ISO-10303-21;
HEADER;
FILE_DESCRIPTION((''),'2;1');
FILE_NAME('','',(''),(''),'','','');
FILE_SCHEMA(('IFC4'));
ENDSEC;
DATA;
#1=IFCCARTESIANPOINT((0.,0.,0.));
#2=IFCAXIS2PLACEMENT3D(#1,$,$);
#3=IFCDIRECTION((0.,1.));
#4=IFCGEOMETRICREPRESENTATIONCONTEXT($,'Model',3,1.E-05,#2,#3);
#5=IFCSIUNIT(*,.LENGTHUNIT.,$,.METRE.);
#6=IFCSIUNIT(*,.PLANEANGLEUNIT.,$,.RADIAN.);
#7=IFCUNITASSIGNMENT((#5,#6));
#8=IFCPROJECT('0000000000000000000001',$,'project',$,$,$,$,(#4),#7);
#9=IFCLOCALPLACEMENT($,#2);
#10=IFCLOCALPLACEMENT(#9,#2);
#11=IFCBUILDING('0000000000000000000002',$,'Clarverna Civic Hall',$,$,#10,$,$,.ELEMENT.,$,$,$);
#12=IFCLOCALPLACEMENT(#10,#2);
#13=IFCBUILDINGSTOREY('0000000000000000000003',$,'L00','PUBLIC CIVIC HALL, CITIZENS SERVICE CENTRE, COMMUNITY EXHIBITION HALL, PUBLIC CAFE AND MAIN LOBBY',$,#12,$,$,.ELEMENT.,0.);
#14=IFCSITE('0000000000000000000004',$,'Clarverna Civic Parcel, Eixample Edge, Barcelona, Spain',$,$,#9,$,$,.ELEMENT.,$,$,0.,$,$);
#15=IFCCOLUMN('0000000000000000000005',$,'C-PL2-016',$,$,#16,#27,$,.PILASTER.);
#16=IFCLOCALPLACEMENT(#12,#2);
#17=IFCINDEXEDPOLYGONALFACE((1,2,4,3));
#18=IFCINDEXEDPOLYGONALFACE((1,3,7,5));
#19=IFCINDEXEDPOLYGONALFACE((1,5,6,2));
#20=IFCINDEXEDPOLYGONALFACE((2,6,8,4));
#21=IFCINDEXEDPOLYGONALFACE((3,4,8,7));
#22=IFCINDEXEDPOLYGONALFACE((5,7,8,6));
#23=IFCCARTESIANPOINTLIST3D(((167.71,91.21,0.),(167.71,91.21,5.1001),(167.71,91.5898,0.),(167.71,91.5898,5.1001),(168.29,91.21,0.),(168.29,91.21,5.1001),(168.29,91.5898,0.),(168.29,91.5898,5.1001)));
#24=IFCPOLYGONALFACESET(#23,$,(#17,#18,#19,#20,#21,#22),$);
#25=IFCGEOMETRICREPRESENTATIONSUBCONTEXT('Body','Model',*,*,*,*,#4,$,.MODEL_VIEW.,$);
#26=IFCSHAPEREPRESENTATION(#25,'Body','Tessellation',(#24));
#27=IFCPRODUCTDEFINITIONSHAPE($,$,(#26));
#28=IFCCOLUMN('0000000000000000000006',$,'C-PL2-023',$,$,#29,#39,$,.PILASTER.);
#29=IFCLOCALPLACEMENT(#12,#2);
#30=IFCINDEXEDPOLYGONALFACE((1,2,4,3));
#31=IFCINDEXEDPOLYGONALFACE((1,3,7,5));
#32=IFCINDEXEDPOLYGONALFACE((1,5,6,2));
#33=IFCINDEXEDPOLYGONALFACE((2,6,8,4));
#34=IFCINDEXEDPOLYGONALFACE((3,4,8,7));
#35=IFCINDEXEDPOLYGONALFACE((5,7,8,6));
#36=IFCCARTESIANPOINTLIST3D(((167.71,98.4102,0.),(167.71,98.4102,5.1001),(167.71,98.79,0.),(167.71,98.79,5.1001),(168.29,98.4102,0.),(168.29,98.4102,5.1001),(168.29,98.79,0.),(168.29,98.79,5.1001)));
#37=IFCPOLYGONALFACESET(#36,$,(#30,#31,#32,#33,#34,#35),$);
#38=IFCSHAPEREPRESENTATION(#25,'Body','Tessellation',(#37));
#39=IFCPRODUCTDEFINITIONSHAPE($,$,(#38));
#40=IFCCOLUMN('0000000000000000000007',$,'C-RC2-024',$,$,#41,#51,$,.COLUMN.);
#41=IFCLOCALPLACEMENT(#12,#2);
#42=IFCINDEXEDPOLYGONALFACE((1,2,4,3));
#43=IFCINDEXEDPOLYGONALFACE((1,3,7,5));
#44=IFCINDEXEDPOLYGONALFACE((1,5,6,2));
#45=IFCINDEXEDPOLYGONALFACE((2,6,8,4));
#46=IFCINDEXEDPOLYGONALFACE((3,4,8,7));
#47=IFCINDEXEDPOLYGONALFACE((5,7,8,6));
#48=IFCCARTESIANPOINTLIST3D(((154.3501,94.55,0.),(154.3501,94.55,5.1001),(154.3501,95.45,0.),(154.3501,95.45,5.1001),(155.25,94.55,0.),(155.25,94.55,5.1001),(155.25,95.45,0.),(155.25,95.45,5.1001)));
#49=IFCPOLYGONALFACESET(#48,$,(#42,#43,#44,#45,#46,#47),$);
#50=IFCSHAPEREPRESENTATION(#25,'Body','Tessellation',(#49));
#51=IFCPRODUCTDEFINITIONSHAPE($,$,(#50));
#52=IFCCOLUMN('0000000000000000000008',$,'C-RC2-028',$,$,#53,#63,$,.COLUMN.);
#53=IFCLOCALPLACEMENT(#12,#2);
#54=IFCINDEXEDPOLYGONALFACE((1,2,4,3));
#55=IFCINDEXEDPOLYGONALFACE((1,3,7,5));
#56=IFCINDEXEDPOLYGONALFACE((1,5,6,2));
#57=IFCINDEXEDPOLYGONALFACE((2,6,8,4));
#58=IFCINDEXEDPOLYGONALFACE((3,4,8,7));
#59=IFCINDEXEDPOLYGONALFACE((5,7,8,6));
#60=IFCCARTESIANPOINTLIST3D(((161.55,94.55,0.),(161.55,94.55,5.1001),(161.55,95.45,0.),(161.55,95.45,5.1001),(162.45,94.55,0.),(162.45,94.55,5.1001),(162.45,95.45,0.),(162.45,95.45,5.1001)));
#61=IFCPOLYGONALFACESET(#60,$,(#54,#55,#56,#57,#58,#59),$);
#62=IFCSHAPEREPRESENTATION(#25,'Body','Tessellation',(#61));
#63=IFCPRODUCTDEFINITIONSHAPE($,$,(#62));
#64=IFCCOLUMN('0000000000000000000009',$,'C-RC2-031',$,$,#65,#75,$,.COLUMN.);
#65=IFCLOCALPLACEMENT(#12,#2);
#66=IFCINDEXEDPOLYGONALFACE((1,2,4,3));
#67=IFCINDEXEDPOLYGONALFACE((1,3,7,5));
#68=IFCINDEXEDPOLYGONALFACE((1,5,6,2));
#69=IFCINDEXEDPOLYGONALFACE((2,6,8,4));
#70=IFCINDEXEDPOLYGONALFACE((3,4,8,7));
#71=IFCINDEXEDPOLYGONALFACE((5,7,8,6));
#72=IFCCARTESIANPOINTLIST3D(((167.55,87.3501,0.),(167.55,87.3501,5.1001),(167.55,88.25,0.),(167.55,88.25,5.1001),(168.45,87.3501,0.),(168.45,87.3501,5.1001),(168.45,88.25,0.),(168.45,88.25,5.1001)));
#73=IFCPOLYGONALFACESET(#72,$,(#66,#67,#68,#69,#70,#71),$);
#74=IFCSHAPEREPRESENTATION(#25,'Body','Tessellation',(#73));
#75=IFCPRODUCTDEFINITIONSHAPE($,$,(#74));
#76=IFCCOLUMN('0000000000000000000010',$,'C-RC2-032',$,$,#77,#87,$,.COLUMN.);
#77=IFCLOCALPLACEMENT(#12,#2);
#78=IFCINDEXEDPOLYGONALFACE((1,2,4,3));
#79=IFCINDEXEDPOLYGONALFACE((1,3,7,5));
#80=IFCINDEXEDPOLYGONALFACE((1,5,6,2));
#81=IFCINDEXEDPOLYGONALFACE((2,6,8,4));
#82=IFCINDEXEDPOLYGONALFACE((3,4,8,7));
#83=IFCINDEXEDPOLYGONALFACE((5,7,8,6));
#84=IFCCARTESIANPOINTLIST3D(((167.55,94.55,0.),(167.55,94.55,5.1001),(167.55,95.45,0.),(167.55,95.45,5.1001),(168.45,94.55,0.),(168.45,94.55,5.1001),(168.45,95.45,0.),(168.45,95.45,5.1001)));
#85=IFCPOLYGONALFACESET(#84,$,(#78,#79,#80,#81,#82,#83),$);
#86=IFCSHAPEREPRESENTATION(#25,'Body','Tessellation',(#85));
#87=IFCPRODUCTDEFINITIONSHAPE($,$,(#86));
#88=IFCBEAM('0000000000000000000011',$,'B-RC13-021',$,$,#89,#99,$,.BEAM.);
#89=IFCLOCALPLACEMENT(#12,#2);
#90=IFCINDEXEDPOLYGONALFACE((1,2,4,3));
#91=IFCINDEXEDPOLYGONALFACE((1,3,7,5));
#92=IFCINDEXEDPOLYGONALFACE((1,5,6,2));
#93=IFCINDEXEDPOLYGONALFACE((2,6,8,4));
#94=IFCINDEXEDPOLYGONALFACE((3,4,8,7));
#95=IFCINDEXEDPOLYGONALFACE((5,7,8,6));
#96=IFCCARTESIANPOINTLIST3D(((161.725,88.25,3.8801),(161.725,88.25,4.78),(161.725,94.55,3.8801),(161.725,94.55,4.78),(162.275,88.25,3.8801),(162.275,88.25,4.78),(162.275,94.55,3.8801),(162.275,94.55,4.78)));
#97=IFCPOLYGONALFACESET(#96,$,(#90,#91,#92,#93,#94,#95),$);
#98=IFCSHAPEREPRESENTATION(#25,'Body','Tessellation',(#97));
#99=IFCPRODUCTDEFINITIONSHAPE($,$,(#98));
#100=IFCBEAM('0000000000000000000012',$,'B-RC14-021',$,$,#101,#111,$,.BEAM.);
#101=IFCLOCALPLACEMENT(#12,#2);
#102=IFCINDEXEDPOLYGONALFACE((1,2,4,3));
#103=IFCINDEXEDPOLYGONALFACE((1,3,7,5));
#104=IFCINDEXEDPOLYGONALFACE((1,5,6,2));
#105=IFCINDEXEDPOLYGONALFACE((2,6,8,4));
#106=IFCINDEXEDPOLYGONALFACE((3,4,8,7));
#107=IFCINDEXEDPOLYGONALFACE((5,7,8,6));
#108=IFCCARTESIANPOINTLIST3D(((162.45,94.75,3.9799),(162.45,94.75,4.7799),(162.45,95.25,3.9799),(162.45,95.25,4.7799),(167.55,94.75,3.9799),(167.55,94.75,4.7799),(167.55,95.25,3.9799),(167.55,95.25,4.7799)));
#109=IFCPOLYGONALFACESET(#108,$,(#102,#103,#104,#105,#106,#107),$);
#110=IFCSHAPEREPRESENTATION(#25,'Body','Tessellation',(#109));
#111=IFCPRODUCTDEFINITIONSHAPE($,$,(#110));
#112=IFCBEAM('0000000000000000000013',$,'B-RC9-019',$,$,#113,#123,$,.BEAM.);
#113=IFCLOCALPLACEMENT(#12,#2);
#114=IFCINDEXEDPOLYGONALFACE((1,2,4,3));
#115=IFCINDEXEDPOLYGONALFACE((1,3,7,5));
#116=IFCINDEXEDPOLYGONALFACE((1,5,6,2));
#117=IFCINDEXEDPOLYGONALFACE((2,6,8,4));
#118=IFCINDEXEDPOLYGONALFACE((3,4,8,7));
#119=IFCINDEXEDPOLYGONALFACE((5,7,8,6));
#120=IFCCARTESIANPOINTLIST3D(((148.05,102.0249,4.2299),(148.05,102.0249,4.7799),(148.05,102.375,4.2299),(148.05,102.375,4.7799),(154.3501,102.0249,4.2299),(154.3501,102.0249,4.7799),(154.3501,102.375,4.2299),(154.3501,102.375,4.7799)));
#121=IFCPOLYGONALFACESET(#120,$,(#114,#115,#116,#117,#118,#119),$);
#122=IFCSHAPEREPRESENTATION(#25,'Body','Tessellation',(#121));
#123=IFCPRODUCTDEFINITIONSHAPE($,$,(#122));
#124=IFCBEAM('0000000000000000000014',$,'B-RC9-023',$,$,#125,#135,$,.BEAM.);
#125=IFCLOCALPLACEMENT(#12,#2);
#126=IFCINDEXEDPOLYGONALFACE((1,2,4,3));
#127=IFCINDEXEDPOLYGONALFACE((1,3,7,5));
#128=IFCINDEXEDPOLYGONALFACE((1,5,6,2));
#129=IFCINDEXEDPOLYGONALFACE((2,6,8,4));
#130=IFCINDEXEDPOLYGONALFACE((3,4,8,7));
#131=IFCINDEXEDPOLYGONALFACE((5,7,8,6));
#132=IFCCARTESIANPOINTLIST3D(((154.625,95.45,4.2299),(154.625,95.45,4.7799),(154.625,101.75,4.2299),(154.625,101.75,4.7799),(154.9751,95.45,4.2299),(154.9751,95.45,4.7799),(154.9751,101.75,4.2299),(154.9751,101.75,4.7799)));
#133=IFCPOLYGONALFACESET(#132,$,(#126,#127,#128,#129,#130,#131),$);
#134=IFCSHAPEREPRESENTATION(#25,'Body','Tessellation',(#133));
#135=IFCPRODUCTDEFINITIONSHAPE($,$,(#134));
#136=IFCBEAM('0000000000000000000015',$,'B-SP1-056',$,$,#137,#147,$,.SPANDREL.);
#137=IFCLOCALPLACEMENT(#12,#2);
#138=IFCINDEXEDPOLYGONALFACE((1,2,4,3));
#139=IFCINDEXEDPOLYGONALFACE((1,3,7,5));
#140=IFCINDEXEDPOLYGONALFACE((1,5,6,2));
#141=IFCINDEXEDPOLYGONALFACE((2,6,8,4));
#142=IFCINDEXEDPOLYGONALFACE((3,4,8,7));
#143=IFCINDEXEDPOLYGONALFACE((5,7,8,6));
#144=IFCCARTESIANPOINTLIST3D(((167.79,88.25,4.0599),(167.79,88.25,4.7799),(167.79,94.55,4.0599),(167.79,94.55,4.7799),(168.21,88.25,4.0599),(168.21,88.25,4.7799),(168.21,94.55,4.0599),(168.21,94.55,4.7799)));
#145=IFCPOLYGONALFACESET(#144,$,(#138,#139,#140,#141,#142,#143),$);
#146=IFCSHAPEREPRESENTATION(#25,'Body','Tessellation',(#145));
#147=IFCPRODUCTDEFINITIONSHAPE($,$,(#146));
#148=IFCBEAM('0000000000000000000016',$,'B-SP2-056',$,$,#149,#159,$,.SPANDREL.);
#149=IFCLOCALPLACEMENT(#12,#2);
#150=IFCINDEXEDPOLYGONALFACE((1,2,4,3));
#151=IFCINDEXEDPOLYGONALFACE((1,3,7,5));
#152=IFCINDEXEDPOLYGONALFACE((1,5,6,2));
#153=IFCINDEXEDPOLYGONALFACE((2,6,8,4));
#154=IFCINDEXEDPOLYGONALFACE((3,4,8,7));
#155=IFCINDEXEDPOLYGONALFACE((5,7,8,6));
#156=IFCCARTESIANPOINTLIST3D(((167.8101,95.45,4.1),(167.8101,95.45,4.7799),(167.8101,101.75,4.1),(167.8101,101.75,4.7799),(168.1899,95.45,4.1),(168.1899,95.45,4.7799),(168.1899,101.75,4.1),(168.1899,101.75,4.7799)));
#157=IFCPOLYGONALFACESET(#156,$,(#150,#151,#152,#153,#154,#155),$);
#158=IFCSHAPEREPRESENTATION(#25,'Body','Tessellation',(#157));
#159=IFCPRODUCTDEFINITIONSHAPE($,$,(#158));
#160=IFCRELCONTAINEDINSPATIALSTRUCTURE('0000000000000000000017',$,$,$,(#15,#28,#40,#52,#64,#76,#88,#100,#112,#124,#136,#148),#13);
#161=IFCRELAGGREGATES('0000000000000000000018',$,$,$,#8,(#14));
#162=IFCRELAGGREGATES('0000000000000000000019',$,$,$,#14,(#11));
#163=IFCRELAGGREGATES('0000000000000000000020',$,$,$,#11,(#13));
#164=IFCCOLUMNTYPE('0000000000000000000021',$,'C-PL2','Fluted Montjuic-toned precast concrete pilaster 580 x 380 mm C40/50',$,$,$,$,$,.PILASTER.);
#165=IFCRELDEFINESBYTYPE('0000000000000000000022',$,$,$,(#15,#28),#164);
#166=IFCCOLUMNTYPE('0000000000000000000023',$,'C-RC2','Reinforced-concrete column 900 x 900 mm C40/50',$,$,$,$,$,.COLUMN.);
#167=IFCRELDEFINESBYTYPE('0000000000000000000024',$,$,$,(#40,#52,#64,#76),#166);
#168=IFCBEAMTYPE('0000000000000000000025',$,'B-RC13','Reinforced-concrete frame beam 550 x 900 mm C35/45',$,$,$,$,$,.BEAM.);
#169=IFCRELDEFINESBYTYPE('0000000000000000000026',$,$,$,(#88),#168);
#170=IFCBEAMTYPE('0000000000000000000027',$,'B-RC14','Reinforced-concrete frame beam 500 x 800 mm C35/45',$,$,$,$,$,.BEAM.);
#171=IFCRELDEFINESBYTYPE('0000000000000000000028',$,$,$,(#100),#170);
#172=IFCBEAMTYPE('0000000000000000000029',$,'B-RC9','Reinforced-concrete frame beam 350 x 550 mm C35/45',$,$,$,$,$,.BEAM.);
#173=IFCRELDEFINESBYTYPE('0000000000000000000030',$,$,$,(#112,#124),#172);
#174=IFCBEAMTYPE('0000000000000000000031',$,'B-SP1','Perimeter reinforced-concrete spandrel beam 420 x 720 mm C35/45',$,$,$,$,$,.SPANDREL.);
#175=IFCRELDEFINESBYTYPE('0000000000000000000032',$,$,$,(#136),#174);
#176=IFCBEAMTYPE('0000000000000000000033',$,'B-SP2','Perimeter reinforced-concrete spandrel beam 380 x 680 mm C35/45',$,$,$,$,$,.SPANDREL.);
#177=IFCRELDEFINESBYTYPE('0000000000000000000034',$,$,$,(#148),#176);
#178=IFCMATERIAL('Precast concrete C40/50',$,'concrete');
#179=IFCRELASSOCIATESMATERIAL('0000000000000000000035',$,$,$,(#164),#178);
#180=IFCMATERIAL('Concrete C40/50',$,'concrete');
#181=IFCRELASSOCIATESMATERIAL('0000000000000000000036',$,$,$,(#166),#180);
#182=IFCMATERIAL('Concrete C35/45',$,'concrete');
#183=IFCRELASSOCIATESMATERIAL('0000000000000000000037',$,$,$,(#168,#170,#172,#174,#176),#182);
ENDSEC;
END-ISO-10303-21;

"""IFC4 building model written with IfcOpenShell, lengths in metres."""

from ifc_helpers import new_model, si_unit, direction, frame, origin, origin_2d, place, context, subcontext, project, spatial, rectangle, extrude, material, material_profile, profile_set, type_object, element, save


model = new_model("IFC4")

# Units and contexts
model_context = context("Model", 3, precision=1e-05, world=origin(), true_north=direction((0.0, 1.0)))
body_context = subcontext(model_context, "Body", "Model", "MODEL_VIEW")
ifc_project = project(units=[si_unit("LENGTHUNIT", "METRE"), si_unit("PLANEANGLEUNIT", "RADIAN")], contexts=[model_context])

# Site, building, storey
site_placement = place(None, origin())
site = spatial("IfcSite", under=ifc_project, at=site_placement, Name="Clarverna Civic Parcel, Eixample Edge, Barcelona, Spain", CompositionType="ELEMENT", RefElevation=0.0)
building_placement = place(site_placement, origin())
building = spatial("IfcBuilding", under=site, at=building_placement, Name="Clarverna Civic Hall", CompositionType="ELEMENT")
storey_placement = place(building_placement, origin())
storey = spatial("IfcBuildingStorey", under=building, at=storey_placement, Name="L00", Description="PUBLIC CIVIC HALL, CITIZENS SERVICE CENTRE, COMMUNITY EXHIBITION HALL, PUBLIC CAFE AND MAIN LOBBY", CompositionType="ELEMENT", Elevation=0.0)

# Columns
ifc_material_1 = material(Name="Precast concrete C40/50", Category="concrete")
ifc_material_profile_1 = material_profile(ifc_material_1, rectangle(XDim=0.5801, YDim=0.3799, at=origin_2d()), Name="PILASTER 580x380")
ifc_profile_set_1 = profile_set([ifc_material_profile_1], Name="Precast concrete C40/50")
column_type_1 = type_object("IfcColumnType", Name="C-PL2", Description="Fluted Montjuic-toned precast concrete pilaster 580 x 380 mm C40/50", PredefinedType="PILASTER", material=ifc_profile_set_1)
for number, where, z_axis, x_axis, name in (
    (1, (168.0, 91.3999, 0.0), (0.0, 0.0, 1.0), (1.0, 0.0, 0.0), "C-PL2-016"),
    (2, (168.0, 98.6001, 0.0), (0.0, 0.0, 1.0), (1.0, 0.0, 0.0), "C-PL2-023"),
):
    element("IfcColumn", number, at=place(storey_placement, frame(where, z_axis=z_axis, x_axis=x_axis)), inside=storey, type_object=column_type_1, Name=name, PredefinedType="PILASTER", context=body_context, shape_type="SweptSolid", body=[
        extrude(rectangle(XDim=0.5801, YDim=0.3799, at=origin_2d()), origin(), (0.0, 0.0, 1.0), 5.1001),
    ])
ifc_material_2 = material(Name="Concrete C40/50", Category="concrete")
ifc_material_profile_2 = material_profile(ifc_material_2, rectangle(XDim=0.8999, YDim=0.8999, at=origin_2d()), Name="RC 900x900")
ifc_profile_set_2 = profile_set([ifc_material_profile_2], Name="Concrete C40/50")
column_type_2 = type_object("IfcColumnType", Name="C-RC2", Description="Reinforced-concrete column 900 x 900 mm C40/50", PredefinedType="COLUMN", material=ifc_profile_set_2)
for number, where, z_axis, x_axis, name in (
    (3, (154.8, 95.0, 0.0), (0.0, 0.0, 1.0), (1.0, 0.0, 0.0), "C-RC2-024"),
    (4, (162.0, 95.0, 0.0), (0.0, 0.0, 1.0), (1.0, 0.0, 0.0), "C-RC2-028"),
    (5, (168.0, 87.8, 0.0), (0.0, 0.0, 1.0), (1.0, 0.0, 0.0), "C-RC2-031"),
    (6, (168.0, 95.0, 0.0), (0.0, 0.0, 1.0), (1.0, 0.0, 0.0), "C-RC2-032"),
):
    element("IfcColumn", number, at=place(storey_placement, frame(where, z_axis=z_axis, x_axis=x_axis)), inside=storey, type_object=column_type_2, Name=name, PredefinedType="COLUMN", context=body_context, shape_type="SweptSolid", body=[
        extrude(rectangle(XDim=0.8999, YDim=0.8999, at=origin_2d()), origin(), (0.0, 0.0, 1.0), 5.1001),
    ])

# Beams
ifc_material_3 = material(Name="Concrete C35/45", Category="concrete")
ifc_material_profile_3 = material_profile(ifc_material_3, rectangle(XDim=0.55, YDim=0.8999, at=origin_2d()), Name="RC 550x900")
ifc_profile_set_3 = profile_set([ifc_material_profile_3], Name="Concrete C35/45")
beam_type_1 = type_object("IfcBeamType", Name="B-RC13", Description="Reinforced-concrete frame beam 550 x 900 mm C35/45", PredefinedType="BEAM", material=ifc_profile_set_3)
beam_1_placement = place(storey_placement, frame((162.0, 88.25, 4.3301), z_axis=(0.0, 1.0, 0.0), x_axis=(-1.0, 0.0, 0.0)))
element("IfcBeam", 7, at=beam_1_placement, inside=storey, type_object=beam_type_1, Name="B-RC13-021", PredefinedType="BEAM", context=body_context, shape_type="SweptSolid", body=[
    extrude(rectangle(XDim=0.55, YDim=0.8999, at=origin_2d()), origin(), (0.0, 0.0, 1.0), 6.3),
])
ifc_material_profile_4 = material_profile(ifc_material_3, rectangle(XDim=0.5, YDim=0.8, at=origin_2d()), Name="RC 500x800")
ifc_profile_set_4 = profile_set([ifc_material_profile_4], Name="Concrete C35/45")
beam_type_2 = type_object("IfcBeamType", Name="B-RC14", Description="Reinforced-concrete frame beam 500 x 800 mm C35/45", PredefinedType="BEAM", material=ifc_profile_set_4)
beam_2_placement = place(storey_placement, frame((162.45, 95.0, 4.3799), z_axis=(1.0, 0.0, 0.0), x_axis=(0.0, 1.0, 0.0)))
element("IfcBeam", 8, at=beam_2_placement, inside=storey, type_object=beam_type_2, Name="B-RC14-021", PredefinedType="BEAM", context=body_context, shape_type="SweptSolid", body=[
    extrude(rectangle(XDim=0.5, YDim=0.8, at=origin_2d()), origin(), (0.0, 0.0, 1.0), 5.1001),
])
ifc_material_profile_5 = material_profile(ifc_material_3, rectangle(XDim=0.3501, YDim=0.55, at=origin_2d()), Name="RC 350x550")
ifc_profile_set_5 = profile_set([ifc_material_profile_5], Name="Concrete C35/45")
beam_type_3 = type_object("IfcBeamType", Name="B-RC9", Description="Reinforced-concrete frame beam 350 x 550 mm C35/45", PredefinedType="BEAM", material=ifc_profile_set_5)
for number, where, z_axis, x_axis, name in (
    (9, (148.05, 102.2, 4.5049), (1.0, 0.0, 0.0), (0.0, 1.0, 0.0), "B-RC9-019"),
    (10, (154.8, 95.45, 4.5049), (0.0, 1.0, 0.0), (-1.0, 0.0, 0.0), "B-RC9-023"),
):
    element("IfcBeam", number, at=place(storey_placement, frame(where, z_axis=z_axis, x_axis=x_axis)), inside=storey, type_object=beam_type_3, Name=name, PredefinedType="BEAM", context=body_context, shape_type="SweptSolid", body=[
        extrude(rectangle(XDim=0.3501, YDim=0.55, at=origin_2d()), origin(), (0.0, 0.0, 1.0), 6.3),
    ])
ifc_material_profile_6 = material_profile(ifc_material_3, rectangle(XDim=0.4199, YDim=0.72, at=origin_2d()), Name="RC 420x720")
ifc_profile_set_6 = profile_set([ifc_material_profile_6], Name="Concrete C35/45")
beam_type_4 = type_object("IfcBeamType", Name="B-SP1", Description="Perimeter reinforced-concrete spandrel beam 420 x 720 mm C35/45", PredefinedType="SPANDREL", material=ifc_profile_set_6)
beam_3_placement = place(storey_placement, frame((168.0, 88.25, 4.4199), z_axis=(0.0, 1.0, 0.0), x_axis=(-1.0, 0.0, 0.0)))
element("IfcBeam", 11, at=beam_3_placement, inside=storey, type_object=beam_type_4, Name="B-SP1-056", PredefinedType="SPANDREL", context=body_context, shape_type="SweptSolid", body=[
    extrude(rectangle(XDim=0.4199, YDim=0.72, at=origin_2d()), origin(), (0.0, 0.0, 1.0), 6.3),
])
ifc_material_profile_7 = material_profile(ifc_material_3, rectangle(XDim=0.3799, YDim=0.6799, at=origin_2d()), Name="RC 380x680")
ifc_profile_set_7 = profile_set([ifc_material_profile_7], Name="Concrete C35/45")
beam_type_5 = type_object("IfcBeamType", Name="B-SP2", Description="Perimeter reinforced-concrete spandrel beam 380 x 680 mm C35/45", PredefinedType="SPANDREL", material=ifc_profile_set_7)
beam_4_placement = place(storey_placement, frame((168.0, 95.45, 4.4399), z_axis=(0.0, 1.0, 0.0), x_axis=(-1.0, 0.0, 0.0)))
element("IfcBeam", 12, at=beam_4_placement, inside=storey, type_object=beam_type_5, Name="B-SP2-056", PredefinedType="SPANDREL", context=body_context, shape_type="SweptSolid", body=[
    extrude(rectangle(XDim=0.3799, YDim=0.6799, at=origin_2d()), origin(), (0.0, 0.0, 1.0), 6.3),
])

save(model, "model.ifc")
